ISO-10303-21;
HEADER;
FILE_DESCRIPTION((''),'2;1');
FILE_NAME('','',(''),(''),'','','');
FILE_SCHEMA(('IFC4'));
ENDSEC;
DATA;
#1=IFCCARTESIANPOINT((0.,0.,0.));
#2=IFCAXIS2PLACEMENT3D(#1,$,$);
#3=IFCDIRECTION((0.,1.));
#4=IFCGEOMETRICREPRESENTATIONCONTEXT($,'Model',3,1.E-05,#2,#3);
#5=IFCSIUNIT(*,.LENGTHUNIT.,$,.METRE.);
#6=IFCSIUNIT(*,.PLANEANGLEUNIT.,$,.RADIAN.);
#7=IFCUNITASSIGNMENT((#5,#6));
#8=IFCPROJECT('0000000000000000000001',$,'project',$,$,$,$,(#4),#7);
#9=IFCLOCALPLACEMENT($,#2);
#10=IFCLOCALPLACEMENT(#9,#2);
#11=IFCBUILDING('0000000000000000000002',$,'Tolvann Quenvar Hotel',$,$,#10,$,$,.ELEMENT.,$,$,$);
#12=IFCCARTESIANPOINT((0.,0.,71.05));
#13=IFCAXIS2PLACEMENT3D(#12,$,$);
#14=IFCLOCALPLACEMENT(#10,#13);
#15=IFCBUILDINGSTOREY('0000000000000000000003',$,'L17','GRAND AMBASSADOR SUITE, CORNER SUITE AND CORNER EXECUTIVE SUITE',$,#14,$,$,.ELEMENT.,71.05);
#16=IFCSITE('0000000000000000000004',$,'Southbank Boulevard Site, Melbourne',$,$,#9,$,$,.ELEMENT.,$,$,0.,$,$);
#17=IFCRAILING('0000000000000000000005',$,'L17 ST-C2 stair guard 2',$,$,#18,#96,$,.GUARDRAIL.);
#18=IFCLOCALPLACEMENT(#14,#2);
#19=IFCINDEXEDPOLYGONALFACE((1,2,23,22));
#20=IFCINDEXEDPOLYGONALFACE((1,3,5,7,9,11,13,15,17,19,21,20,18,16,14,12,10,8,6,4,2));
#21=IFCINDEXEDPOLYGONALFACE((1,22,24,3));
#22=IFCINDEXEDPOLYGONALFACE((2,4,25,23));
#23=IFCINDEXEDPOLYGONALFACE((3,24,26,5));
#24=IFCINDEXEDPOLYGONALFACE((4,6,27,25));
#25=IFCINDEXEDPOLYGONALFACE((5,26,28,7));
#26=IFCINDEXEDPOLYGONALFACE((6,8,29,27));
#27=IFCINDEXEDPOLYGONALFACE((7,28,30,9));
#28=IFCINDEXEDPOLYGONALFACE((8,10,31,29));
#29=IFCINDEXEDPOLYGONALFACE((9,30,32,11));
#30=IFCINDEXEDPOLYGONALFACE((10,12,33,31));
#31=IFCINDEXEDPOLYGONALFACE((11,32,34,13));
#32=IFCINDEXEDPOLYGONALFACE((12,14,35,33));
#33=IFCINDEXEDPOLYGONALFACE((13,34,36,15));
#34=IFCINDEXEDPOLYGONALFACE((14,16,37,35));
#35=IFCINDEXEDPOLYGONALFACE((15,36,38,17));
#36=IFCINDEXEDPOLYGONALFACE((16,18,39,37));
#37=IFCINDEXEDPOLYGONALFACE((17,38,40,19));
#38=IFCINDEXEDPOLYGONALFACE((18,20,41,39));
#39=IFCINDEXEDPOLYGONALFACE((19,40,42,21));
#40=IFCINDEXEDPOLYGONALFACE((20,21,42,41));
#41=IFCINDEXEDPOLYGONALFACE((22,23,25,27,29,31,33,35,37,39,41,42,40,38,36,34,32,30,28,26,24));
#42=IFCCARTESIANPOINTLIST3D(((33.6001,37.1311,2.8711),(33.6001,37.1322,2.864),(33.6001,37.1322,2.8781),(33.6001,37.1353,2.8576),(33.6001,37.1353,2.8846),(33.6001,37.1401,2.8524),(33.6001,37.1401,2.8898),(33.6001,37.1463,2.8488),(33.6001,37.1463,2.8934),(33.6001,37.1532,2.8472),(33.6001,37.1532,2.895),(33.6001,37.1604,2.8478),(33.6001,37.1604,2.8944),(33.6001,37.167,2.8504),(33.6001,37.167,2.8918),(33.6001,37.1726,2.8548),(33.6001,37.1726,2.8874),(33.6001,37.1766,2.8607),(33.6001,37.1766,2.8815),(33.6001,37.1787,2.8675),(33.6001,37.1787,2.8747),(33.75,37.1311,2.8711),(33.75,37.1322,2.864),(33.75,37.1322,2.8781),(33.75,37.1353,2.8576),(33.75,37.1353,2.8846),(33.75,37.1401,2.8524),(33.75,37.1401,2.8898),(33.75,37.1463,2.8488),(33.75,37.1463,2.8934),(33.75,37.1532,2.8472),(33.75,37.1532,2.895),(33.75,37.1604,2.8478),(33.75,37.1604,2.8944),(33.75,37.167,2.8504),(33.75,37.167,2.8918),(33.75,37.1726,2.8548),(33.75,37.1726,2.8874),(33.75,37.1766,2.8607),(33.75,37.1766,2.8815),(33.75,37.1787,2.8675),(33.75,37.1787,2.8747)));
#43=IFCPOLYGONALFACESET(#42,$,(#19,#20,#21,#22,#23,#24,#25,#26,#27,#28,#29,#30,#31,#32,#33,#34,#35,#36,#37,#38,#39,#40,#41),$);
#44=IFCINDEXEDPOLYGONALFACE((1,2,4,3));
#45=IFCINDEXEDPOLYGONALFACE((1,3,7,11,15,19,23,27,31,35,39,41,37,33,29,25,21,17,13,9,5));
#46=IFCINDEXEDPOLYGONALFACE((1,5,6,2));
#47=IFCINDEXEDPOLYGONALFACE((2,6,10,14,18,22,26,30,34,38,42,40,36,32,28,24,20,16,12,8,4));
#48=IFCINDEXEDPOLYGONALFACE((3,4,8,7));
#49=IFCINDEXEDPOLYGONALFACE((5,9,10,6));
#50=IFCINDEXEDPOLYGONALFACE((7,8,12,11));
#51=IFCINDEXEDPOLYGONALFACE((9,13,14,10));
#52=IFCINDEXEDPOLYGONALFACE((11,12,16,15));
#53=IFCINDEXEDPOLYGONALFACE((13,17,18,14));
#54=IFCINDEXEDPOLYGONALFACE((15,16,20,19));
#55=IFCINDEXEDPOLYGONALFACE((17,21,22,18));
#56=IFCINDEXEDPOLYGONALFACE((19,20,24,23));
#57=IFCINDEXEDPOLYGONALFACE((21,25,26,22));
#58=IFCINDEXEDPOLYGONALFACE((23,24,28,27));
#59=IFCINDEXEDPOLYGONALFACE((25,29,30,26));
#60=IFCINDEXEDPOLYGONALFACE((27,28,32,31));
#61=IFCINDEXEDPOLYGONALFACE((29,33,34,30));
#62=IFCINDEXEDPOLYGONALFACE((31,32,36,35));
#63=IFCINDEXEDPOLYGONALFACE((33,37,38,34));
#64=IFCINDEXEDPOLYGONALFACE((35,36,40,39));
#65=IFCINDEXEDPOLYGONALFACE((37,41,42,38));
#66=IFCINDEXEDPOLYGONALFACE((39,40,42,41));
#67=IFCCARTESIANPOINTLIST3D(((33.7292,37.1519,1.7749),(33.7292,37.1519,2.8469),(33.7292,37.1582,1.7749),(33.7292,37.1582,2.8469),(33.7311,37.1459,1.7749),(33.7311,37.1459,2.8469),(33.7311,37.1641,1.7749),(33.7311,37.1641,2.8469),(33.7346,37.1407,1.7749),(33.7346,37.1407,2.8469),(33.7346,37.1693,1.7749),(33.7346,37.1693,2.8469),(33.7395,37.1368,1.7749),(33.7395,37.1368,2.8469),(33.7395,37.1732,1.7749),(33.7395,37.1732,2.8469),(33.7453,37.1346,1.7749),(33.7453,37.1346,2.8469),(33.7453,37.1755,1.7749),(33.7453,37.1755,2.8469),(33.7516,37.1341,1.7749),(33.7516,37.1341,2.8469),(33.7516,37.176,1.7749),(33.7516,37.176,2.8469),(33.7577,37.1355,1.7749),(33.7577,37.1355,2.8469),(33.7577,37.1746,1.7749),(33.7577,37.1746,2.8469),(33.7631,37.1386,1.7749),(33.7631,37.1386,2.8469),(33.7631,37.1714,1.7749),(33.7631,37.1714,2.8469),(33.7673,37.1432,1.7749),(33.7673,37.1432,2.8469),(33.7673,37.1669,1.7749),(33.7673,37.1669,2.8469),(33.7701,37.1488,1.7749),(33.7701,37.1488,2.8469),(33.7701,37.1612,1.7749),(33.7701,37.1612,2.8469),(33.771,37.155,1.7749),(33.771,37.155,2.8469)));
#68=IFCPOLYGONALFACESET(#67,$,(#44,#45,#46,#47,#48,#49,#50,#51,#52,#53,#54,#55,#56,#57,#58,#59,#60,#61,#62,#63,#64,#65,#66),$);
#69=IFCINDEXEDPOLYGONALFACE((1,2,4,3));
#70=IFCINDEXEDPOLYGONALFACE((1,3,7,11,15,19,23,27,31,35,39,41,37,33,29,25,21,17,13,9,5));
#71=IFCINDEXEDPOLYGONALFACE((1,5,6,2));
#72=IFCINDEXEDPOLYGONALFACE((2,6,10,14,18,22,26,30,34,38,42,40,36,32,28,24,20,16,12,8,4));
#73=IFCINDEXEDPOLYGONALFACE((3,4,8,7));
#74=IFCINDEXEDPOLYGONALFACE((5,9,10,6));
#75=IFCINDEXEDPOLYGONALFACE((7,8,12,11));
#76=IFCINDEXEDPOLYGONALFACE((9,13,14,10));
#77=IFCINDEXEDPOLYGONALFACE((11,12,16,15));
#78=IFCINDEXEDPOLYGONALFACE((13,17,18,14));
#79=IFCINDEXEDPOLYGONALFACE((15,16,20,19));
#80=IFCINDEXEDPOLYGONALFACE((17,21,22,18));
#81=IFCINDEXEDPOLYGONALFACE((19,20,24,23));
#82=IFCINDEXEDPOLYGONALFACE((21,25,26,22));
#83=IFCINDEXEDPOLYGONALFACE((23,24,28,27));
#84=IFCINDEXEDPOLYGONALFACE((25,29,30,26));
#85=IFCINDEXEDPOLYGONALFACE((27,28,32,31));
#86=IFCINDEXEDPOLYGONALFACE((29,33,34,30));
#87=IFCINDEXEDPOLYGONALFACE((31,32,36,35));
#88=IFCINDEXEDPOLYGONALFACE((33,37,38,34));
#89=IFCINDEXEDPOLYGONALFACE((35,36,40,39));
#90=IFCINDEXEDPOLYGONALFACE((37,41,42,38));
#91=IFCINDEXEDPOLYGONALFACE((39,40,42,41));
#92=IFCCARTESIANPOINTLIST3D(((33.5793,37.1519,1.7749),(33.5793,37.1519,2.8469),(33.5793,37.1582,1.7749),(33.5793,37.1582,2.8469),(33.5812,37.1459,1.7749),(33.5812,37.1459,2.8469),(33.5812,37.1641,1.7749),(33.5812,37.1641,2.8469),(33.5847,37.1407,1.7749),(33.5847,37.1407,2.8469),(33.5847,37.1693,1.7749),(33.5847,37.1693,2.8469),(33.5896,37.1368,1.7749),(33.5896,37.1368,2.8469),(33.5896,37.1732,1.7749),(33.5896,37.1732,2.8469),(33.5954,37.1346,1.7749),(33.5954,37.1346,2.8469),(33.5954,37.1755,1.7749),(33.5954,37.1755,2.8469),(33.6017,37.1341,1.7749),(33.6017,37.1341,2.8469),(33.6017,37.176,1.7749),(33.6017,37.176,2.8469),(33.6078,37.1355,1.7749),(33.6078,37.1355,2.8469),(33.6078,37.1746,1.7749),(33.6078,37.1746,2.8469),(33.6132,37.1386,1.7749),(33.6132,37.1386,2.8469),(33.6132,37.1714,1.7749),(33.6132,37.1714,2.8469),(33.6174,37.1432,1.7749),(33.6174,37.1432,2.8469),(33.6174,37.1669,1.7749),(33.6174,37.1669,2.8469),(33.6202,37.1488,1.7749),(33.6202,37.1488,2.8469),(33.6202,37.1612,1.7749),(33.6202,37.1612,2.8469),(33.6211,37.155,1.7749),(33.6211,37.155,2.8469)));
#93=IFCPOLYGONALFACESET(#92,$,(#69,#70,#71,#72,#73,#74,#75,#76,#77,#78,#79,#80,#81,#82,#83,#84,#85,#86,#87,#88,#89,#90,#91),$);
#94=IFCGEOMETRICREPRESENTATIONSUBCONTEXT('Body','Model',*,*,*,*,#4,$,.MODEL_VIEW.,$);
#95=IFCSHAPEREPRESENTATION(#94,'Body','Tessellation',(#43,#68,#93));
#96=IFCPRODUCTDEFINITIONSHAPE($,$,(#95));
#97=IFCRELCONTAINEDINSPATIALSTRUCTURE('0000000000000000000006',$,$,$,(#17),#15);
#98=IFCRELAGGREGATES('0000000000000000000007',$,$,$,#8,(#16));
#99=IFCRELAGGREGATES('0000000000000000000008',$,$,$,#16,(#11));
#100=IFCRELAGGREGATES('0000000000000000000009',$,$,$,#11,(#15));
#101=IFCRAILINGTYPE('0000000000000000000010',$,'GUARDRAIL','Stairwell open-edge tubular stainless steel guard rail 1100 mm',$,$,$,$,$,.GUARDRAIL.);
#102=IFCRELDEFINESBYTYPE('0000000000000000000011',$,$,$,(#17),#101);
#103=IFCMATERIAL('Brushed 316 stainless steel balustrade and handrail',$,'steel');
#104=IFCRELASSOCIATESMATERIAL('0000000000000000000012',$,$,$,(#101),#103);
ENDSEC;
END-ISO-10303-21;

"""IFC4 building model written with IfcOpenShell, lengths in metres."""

from ifc_helpers import new_model, si_unit, direction, frame, origin, origin_2d, place, context, subcontext, project, spatial, circle, extrude, material, type_object, element, save


model = new_model("IFC4")

# Units and contexts
model_context = context("Model", 3, precision=1e-05, world=origin(), true_north=direction((0.0, 1.0)))
body_context = subcontext(model_context, "Body", "Model", "MODEL_VIEW")
ifc_project = project(units=[si_unit("LENGTHUNIT", "METRE"), si_unit("PLANEANGLEUNIT", "RADIAN")], contexts=[model_context])

# Site, building, storey
site_placement = place(None, origin())
site = spatial("IfcSite", under=ifc_project, at=site_placement, Name="Southbank Boulevard Site, Melbourne", CompositionType="ELEMENT", RefElevation=0.0)
building_placement = place(site_placement, origin())
building = spatial("IfcBuilding", under=site, at=building_placement, Name="Tolvann Quenvar Hotel", CompositionType="ELEMENT")
storey_placement = place(building_placement, frame((0.0, 0.0, 71.05)))
storey = spatial("IfcBuildingStorey", under=building, at=storey_placement, Name="L17", Description="GRAND AMBASSADOR SUITE, CORNER SUITE AND CORNER EXECUTIVE SUITE", CompositionType="ELEMENT", Elevation=71.05)

# Railing
ifc_material_1 = material(Name="Brushed 316 stainless steel balustrade and handrail", Category="steel")
railing_type_1 = type_object("IfcRailingType", Name="GUARDRAIL", Description="Stairwell open-edge tubular stainless steel guard rail 1100 mm", PredefinedType="GUARDRAIL", material=ifc_material_1)
railing_1_placement = place(storey_placement, frame((33.75, 37.155, 1.7749)))
element("IfcRailing", 1, at=railing_1_placement, inside=storey, type_object=railing_type_1, Name="L17 ST-C2 stair guard 2", PredefinedType="GUARDRAIL", context=body_context, shape_type="SweptSolid", body=[
    extrude(circle(Radius=0.0239, at=origin_2d()), frame((0.0, 0.0, 1.0962), z_axis=(-1.0, 0.0, 0.0), x_axis=(0.0, -1.0, 0.0)), (0.0, 0.0, 1.0), 0.1499),
    extrude(circle(Radius=0.021, at=origin_2d()), origin(), (0.0, 0.0, 1.0), 1.072),
    extrude(circle(Radius=0.021, at=origin_2d()), frame((-0.1499, 0.0, 0.0)), (0.0, 0.0, 1.0), 1.072),
])

save(model, "model.ifc")
